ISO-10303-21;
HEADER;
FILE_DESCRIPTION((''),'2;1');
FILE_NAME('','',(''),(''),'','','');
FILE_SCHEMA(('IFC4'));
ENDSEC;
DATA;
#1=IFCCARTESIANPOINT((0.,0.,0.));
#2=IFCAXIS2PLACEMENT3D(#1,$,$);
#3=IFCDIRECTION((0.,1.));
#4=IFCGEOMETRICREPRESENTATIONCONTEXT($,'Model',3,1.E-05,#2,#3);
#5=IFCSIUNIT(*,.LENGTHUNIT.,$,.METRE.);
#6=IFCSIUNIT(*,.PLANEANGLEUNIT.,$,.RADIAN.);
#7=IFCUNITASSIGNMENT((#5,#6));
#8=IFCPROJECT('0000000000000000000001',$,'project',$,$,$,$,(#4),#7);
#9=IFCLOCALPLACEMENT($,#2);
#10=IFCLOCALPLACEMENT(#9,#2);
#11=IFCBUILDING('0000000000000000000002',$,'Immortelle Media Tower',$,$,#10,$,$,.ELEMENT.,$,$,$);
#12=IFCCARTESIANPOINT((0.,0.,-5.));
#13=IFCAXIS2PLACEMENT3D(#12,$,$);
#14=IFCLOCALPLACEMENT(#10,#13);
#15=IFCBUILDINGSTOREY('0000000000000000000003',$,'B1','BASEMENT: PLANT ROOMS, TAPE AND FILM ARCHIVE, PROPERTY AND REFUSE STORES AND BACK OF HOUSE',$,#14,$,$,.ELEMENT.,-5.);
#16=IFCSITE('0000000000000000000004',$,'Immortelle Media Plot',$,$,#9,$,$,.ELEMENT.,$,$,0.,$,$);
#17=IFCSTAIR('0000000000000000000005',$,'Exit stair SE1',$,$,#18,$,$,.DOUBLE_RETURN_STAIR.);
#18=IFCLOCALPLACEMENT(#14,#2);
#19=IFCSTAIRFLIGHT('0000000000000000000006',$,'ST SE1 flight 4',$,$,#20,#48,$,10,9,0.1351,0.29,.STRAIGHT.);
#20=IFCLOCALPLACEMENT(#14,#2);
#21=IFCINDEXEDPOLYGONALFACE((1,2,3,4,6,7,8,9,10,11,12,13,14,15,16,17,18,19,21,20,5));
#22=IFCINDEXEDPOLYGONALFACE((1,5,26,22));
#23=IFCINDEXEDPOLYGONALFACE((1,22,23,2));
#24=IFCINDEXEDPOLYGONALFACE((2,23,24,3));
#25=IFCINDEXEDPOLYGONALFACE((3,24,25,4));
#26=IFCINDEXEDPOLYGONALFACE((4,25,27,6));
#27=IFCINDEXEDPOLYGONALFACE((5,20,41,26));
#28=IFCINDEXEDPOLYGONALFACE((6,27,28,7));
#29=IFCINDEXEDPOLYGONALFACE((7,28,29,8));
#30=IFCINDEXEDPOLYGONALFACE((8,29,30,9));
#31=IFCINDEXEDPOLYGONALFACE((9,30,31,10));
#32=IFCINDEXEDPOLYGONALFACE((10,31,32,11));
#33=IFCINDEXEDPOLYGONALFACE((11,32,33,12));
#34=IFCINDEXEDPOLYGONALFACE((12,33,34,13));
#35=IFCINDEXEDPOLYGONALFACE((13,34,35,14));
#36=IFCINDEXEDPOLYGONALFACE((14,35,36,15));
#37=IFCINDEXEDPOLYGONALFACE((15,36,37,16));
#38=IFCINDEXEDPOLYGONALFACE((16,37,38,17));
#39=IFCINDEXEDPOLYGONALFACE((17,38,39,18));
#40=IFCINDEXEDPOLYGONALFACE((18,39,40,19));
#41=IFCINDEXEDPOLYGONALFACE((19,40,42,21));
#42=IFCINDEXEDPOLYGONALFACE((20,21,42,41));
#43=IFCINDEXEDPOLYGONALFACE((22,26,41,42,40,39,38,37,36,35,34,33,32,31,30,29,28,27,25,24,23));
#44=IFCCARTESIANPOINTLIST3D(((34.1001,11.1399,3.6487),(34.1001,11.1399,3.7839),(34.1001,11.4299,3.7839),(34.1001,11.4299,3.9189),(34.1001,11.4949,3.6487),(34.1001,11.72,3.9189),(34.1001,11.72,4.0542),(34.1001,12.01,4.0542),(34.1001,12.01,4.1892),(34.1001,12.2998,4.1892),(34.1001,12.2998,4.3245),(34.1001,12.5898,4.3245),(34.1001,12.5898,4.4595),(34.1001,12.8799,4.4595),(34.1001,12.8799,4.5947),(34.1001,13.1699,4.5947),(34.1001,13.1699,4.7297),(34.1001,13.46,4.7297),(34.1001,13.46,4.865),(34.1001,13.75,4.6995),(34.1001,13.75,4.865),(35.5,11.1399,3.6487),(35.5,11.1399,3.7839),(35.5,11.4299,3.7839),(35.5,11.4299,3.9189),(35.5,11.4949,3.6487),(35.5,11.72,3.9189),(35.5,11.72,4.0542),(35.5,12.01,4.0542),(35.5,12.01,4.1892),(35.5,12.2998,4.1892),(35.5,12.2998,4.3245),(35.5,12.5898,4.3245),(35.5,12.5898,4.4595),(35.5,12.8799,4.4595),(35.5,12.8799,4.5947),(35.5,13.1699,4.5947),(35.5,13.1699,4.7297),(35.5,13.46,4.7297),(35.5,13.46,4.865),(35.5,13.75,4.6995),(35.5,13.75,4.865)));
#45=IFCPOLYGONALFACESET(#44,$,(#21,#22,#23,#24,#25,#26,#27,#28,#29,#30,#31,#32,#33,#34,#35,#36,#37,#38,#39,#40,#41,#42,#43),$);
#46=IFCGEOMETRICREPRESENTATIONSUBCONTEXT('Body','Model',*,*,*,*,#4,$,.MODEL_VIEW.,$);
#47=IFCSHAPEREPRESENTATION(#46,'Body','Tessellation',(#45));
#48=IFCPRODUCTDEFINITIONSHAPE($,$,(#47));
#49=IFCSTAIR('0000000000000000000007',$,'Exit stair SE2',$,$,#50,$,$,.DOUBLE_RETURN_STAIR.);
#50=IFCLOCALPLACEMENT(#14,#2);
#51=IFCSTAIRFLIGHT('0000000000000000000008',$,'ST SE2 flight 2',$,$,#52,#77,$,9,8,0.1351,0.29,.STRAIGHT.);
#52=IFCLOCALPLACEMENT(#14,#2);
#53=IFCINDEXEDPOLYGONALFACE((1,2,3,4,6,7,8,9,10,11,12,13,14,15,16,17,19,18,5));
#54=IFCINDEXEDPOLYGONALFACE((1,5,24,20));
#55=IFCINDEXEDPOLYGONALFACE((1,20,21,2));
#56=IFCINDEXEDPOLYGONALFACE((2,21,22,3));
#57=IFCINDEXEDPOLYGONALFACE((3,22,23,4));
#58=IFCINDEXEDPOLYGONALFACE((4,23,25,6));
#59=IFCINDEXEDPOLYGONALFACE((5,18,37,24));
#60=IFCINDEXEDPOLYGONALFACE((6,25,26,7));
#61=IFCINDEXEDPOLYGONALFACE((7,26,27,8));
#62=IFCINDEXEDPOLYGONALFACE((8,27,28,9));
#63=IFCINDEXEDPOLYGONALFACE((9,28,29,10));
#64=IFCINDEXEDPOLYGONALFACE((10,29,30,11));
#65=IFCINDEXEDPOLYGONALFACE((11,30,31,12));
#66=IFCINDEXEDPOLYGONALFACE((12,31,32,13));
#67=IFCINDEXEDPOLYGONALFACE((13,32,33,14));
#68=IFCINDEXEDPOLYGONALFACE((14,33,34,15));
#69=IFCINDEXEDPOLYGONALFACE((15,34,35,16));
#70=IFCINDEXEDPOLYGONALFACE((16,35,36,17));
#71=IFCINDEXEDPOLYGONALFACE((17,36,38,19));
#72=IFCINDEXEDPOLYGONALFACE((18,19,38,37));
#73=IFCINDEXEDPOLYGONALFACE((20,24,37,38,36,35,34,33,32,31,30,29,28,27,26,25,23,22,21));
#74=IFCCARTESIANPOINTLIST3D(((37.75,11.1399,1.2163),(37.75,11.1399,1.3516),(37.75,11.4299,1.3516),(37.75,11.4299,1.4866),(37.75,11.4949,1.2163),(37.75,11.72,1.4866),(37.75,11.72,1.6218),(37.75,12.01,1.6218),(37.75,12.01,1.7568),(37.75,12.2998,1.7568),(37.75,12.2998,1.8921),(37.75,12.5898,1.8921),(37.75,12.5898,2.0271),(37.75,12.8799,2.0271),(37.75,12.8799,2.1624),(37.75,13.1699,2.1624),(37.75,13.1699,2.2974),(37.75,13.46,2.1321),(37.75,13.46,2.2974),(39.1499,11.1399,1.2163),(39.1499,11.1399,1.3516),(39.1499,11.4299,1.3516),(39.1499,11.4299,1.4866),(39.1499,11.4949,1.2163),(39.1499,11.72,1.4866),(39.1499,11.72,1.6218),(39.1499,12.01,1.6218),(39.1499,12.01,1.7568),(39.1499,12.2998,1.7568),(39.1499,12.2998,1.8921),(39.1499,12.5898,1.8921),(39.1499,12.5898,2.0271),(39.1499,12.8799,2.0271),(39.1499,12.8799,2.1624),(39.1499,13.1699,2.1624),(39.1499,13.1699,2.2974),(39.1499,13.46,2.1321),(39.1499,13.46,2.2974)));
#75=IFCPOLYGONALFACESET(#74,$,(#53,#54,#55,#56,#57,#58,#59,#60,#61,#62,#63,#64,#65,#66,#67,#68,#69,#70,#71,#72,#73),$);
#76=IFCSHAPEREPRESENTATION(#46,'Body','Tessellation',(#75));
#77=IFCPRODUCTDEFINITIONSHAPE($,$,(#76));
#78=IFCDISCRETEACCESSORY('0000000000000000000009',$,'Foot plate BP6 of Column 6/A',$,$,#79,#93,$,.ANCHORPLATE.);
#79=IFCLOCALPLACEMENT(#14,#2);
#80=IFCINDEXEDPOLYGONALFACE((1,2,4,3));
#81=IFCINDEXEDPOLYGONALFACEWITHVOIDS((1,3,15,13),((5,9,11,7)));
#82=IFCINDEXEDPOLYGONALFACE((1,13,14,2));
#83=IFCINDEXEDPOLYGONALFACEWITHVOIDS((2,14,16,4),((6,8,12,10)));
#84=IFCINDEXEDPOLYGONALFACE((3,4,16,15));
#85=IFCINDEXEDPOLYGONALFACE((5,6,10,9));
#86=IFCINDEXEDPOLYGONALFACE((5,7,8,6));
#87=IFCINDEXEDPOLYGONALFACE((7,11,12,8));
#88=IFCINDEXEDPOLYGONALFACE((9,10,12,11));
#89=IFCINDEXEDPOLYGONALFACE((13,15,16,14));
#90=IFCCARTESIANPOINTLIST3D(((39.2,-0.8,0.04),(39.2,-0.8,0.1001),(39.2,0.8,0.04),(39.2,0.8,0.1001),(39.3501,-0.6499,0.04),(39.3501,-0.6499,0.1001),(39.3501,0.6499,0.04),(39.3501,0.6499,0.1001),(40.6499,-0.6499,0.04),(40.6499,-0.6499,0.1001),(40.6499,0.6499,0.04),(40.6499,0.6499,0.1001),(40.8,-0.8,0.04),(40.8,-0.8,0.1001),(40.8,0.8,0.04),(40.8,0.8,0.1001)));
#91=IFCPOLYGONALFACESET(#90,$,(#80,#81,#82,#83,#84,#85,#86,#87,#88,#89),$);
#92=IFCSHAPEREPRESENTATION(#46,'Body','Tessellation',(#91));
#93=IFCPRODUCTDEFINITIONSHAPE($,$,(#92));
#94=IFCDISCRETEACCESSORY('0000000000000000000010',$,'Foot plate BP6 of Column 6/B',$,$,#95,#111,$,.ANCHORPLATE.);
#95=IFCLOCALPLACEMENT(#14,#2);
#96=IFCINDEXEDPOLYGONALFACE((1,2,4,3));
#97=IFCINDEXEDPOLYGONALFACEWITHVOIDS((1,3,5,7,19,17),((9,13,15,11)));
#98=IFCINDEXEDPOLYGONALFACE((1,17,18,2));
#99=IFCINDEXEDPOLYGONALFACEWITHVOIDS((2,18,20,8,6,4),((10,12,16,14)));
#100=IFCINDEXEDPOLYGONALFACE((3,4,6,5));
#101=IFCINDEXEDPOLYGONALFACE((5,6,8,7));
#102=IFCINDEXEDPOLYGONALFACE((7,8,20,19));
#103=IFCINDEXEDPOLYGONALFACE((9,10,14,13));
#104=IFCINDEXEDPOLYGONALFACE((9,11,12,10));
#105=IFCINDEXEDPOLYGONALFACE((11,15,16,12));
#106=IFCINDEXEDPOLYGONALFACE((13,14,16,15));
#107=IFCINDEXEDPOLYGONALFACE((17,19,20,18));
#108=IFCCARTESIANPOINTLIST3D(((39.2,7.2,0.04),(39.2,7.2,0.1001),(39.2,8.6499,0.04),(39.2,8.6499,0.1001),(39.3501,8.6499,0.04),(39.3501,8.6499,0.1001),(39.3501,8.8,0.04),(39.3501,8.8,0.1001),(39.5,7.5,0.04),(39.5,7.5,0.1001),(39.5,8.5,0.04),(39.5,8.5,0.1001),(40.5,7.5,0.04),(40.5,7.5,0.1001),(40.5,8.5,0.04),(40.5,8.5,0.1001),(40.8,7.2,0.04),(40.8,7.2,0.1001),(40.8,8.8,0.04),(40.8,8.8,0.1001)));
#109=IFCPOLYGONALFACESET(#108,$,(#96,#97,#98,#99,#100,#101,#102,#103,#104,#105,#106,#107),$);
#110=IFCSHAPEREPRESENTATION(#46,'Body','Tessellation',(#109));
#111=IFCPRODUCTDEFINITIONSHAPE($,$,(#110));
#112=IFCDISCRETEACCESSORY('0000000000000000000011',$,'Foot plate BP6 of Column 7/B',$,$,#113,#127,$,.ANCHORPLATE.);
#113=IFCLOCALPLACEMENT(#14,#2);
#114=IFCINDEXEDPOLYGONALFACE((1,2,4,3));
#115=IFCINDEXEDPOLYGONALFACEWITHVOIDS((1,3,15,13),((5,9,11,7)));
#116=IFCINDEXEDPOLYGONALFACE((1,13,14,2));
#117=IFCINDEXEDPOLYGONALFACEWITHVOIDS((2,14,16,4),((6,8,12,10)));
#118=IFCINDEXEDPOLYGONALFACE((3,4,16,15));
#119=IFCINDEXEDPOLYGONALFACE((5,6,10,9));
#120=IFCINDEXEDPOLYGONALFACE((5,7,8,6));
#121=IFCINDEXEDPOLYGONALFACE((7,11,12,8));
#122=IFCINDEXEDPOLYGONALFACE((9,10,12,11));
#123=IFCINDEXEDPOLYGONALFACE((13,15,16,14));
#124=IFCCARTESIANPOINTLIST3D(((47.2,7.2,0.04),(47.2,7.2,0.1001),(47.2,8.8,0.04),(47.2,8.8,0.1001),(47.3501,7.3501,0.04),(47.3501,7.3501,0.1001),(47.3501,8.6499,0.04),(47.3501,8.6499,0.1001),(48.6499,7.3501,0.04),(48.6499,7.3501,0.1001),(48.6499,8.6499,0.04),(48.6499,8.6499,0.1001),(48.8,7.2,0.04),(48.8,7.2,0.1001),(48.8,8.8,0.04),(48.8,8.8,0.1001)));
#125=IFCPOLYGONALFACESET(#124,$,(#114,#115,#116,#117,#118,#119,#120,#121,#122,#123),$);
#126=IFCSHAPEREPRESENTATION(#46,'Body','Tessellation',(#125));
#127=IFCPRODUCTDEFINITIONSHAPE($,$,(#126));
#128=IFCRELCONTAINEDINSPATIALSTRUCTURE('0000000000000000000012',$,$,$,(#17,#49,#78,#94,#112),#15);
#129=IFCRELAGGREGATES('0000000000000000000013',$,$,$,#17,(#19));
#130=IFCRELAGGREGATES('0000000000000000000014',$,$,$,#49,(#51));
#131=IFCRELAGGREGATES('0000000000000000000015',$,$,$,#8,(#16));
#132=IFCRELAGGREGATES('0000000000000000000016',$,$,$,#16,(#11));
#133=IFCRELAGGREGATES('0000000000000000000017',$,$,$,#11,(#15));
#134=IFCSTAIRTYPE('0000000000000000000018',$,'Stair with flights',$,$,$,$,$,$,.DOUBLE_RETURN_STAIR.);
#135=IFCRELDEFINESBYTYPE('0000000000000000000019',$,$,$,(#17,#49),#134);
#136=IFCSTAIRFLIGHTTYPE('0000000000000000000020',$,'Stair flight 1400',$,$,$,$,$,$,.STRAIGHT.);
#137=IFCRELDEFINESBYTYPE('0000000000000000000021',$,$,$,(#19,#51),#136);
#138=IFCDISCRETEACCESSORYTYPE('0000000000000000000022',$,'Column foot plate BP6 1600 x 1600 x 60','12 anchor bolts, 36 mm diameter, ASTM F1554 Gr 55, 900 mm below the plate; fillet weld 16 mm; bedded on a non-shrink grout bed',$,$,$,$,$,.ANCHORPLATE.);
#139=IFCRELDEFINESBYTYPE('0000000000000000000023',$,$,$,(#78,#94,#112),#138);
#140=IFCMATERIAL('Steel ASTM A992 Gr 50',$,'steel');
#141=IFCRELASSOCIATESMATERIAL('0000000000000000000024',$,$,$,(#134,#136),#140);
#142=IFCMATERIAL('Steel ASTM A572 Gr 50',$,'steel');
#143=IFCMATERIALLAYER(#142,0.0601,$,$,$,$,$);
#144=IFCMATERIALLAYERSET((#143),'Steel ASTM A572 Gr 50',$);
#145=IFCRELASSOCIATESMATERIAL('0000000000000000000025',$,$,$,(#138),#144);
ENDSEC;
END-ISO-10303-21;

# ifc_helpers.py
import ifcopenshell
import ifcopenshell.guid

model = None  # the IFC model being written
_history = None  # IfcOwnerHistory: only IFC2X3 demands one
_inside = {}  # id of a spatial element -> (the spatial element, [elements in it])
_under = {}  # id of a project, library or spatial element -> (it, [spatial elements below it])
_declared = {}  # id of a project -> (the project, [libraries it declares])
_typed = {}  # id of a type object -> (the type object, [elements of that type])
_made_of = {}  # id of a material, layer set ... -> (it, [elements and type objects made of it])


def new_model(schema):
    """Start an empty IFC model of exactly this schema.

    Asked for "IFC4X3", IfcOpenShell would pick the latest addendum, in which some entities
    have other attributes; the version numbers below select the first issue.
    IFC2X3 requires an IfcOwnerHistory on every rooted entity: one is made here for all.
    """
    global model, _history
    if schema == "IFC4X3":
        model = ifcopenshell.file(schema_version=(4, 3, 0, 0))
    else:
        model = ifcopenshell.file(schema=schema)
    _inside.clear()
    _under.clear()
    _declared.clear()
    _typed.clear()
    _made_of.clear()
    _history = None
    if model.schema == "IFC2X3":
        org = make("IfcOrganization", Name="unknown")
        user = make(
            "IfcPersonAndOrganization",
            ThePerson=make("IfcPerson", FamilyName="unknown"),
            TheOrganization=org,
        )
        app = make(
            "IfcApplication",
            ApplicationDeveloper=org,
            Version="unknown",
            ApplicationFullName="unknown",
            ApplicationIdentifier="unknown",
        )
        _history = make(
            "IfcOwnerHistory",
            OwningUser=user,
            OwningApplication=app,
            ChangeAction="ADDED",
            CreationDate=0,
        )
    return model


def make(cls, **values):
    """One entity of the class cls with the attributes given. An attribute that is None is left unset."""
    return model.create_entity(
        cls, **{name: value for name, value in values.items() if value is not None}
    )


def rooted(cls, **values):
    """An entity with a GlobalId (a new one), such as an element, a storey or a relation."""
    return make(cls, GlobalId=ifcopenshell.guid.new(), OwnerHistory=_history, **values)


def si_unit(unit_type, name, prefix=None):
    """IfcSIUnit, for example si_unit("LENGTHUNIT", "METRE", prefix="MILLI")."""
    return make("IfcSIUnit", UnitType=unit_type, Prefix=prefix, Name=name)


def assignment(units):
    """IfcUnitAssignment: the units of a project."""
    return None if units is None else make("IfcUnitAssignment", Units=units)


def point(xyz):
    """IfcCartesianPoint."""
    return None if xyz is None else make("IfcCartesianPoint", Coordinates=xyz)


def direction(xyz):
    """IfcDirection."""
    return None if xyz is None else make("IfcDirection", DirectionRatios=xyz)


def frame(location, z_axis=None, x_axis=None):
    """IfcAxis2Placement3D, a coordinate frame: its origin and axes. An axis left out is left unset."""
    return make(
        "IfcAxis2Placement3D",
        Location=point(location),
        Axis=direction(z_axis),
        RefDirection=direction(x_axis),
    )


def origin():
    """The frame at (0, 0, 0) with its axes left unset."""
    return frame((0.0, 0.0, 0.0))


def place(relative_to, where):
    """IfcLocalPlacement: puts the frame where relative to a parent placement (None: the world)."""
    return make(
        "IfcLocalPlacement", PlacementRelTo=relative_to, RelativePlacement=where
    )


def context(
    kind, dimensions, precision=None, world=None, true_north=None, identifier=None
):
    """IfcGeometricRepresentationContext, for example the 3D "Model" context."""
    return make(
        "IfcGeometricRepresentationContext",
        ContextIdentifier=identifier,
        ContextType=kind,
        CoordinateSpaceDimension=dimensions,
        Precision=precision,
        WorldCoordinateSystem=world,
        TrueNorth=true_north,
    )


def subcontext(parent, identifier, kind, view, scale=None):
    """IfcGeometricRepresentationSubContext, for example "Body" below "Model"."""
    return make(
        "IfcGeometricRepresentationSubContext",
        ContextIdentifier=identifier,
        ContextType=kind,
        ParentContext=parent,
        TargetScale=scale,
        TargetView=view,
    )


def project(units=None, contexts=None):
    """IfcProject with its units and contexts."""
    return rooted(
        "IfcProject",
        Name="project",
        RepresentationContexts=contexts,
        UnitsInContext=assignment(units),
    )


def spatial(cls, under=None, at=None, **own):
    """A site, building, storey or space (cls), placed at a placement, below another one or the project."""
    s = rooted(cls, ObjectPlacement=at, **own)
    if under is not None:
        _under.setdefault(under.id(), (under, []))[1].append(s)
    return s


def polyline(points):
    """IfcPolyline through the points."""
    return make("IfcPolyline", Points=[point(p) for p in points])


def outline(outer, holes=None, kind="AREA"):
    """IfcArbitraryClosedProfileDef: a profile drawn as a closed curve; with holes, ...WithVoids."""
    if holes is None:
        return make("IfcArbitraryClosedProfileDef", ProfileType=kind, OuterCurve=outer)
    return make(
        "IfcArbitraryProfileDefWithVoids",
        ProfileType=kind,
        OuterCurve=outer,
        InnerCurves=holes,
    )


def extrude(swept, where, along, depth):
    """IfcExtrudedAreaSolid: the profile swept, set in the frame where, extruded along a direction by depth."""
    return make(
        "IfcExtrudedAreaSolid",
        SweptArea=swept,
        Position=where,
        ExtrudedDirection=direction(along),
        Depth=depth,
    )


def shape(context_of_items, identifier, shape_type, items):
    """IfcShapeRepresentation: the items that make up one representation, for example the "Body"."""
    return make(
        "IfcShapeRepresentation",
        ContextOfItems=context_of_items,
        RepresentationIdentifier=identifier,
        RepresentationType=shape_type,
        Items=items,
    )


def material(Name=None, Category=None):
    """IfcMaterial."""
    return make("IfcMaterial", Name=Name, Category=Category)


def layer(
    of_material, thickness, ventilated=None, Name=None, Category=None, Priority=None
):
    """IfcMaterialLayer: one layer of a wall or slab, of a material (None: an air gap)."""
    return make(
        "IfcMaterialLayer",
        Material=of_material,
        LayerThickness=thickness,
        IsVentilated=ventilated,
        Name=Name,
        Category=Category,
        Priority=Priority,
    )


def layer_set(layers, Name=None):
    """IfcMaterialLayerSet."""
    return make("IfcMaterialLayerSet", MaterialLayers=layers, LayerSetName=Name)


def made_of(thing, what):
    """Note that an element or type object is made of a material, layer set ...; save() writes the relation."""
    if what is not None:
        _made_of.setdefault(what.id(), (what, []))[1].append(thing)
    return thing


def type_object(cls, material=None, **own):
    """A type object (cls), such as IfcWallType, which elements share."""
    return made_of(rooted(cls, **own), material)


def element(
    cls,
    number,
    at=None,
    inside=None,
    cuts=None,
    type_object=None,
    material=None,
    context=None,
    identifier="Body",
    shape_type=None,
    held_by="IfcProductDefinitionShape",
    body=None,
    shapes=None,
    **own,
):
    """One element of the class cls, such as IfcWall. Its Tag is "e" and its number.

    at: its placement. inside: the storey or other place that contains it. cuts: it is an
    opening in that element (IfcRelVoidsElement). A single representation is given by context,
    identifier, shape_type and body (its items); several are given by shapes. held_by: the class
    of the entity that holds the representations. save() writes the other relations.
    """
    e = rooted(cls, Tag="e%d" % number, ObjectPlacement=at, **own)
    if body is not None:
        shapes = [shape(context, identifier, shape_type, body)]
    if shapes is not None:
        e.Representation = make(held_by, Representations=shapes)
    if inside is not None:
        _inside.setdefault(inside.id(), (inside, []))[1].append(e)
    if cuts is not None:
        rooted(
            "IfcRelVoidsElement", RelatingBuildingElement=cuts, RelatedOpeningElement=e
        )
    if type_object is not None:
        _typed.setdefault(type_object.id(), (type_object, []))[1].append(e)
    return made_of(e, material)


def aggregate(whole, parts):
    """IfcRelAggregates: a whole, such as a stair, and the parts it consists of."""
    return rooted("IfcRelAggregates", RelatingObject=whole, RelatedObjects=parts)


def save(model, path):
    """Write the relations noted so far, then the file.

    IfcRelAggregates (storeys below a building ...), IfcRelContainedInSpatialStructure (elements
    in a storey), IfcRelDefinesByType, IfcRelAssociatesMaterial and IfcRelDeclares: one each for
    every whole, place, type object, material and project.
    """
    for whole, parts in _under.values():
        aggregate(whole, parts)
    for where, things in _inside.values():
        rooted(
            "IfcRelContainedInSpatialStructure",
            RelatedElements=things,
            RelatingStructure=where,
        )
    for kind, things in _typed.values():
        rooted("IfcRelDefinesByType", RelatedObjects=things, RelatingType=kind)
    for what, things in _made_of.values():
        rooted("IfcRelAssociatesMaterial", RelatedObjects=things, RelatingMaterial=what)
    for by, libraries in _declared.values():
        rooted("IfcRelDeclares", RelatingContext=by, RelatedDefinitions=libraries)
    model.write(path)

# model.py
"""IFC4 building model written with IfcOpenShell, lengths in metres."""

from ifc_helpers import new_model, si_unit, direction, frame, origin, place, context, subcontext, project, spatial, polyline, outline, extrude, material, layer, layer_set, type_object, element, aggregate, save


model = new_model("IFC4")

# Units and contexts
model_context = context("Model", 3, precision=1e-05, world=origin(), true_north=direction((0.0, 1.0)))
body_context = subcontext(model_context, "Body", "Model", "MODEL_VIEW")
ifc_project = project(units=[si_unit("LENGTHUNIT", "METRE"), si_unit("PLANEANGLEUNIT", "RADIAN")], contexts=[model_context])

# Site, building, storey
site_placement = place(None, origin())
site = spatial("IfcSite", under=ifc_project, at=site_placement, Name="Immortelle Media Plot", CompositionType="ELEMENT", RefElevation=0.0)
building_placement = place(site_placement, origin())
building = spatial("IfcBuilding", under=site, at=building_placement, Name="Immortelle Media Tower", CompositionType="ELEMENT")
storey_placement = place(building_placement, frame((0.0, 0.0, -5.0)))
storey = spatial("IfcBuildingStorey", under=building, at=storey_placement, Name="B1", Description="BASEMENT: PLANT ROOMS, TAPE AND FILM ARCHIVE, PROPERTY AND REFUSE STORES AND BACK OF HOUSE", CompositionType="ELEMENT", Elevation=-5.0)

# Shared definitions
ifc_material_1 = material(Name="Steel ASTM A572 Gr 50", Category="steel")

# Stair, stair flight
ifc_material_2 = material(Name="Steel ASTM A992 Gr 50", Category="steel")
stair_type = type_object("IfcStairType", Name="Stair with flights", PredefinedType="DOUBLE_RETURN_STAIR", material=ifc_material_2)
stair_1_placement = place(storey_placement, origin())
stair_1 = element("IfcStair", 1, at=stair_1_placement, inside=storey, type_object=stair_type, Name="Exit stair SE1", PredefinedType="DOUBLE_RETURN_STAIR")
stair_flight_type = type_object("IfcStairFlightType", Name="Stair flight 1400", PredefinedType="STRAIGHT", material=ifc_material_2)
stair_flight_1_placement = place(storey_placement, frame((34.8, 11.1399, 3.6487), z_axis=(0.0, 0.0, 1.0), x_axis=(0.0, 1.0, 0.0)))
stair_flight_1 = element("IfcStairFlight", 2, at=stair_flight_1_placement, type_object=stair_flight_type, Name="ST SE1 flight 4", NumberOfRisers=10, NumberOfTreads=9, PredefinedType="STRAIGHT", RiserHeight=0.1351, TreadLength=0.29, context=body_context, shape_type="SweptSolid", body=[
    extrude(outline(polyline([(0.0, 0.0), (0.0, 0.1353), (0.29, 0.1353), (0.29, 0.2703), (0.5801, 0.2703), (0.5801, 0.4055), (0.8701, 0.4055), (0.8701, 0.5405), (1.1599, 0.5405), (1.1599, 0.6758), (1.45, 0.6758), (1.45, 0.8108), (1.74, 0.8108), (1.74, 0.946), (2.03, 0.946), (2.03, 1.0811), (2.3201, 1.0811), (2.3201, 1.2163), (2.6101, 1.2163), (2.6101, 1.3513), (2.6101, 1.0508), (0.355, 0.0), (0.0, 0.0)])), frame((0.0, 0.7, 0.0), z_axis=(0.0, -1.0, 0.0), x_axis=(1.0, 0.0, 0.0)), (0.0, 0.0, 1.0), 1.3999),
])
aggregate(stair_1, [stair_flight_1])

# Stair, stair flight
stair_2_placement = place(storey_placement, origin())
stair_2 = element("IfcStair", 3, at=stair_2_placement, inside=storey, type_object=stair_type, Name="Exit stair SE2", PredefinedType="DOUBLE_RETURN_STAIR")
stair_flight_2_placement = place(storey_placement, frame((38.45, 11.1399, 1.2163), z_axis=(0.0, 0.0, 1.0), x_axis=(0.0, 1.0, 0.0)))
stair_flight_2 = element("IfcStairFlight", 4, at=stair_flight_2_placement, type_object=stair_flight_type, Name="ST SE2 flight 2", NumberOfRisers=9, NumberOfTreads=8, PredefinedType="STRAIGHT", RiserHeight=0.1351, TreadLength=0.29, context=body_context, shape_type="SweptSolid", body=[
    extrude(outline(polyline([(0.0, 0.0), (0.0, 0.1353), (0.29, 0.1353), (0.29, 0.2703), (0.5801, 0.2703), (0.5801, 0.4055), (0.8701, 0.4055), (0.8701, 0.5405), (1.1599, 0.5405), (1.1599, 0.6758), (1.45, 0.6758), (1.45, 0.8108), (1.74, 0.8108), (1.74, 0.946), (2.03, 0.946), (2.03, 1.0811), (2.3201, 1.0811), (2.3201, 1.2163), (2.3201, 0.9158), (0.355, 0.0), (0.0, 0.0)])), frame((0.0, 0.7, 0.0), z_axis=(0.0, -1.0, 0.0), x_axis=(1.0, 0.0, 0.0)), (0.0, 0.0, 1.0), 1.3999),
])
aggregate(stair_2, [stair_flight_2])

# Discrete accessories
ifc_layer_1 = layer(ifc_material_1, 0.0601)
ifc_layer_set_1 = layer_set([ifc_layer_1], Name="Steel ASTM A572 Gr 50")
discrete_accessory_type = type_object("IfcDiscreteAccessoryType", Name="Column foot plate BP6 1600 x 1600 x 60", Description="12 anchor bolts, 36 mm diameter, ASTM F1554 Gr 55, 900 mm below the plate; fillet weld 16 mm; bedded on a non-shrink grout bed", PredefinedType="ANCHORPLATE", material=ifc_layer_set_1)
discrete_accessory_1_placement = place(storey_placement, frame((40.0, 0.0, 0.04), z_axis=(0.0, 0.0, 1.0), x_axis=(1.0, 0.0, 0.0)))
element("IfcDiscreteAccessory", 5, at=discrete_accessory_1_placement, inside=storey, type_object=discrete_accessory_type, Name="Foot plate BP6 of Column 6/A", PredefinedType="ANCHORPLATE", context=body_context, shape_type="SweptSolid", body=[
    extrude(outline(polyline([(-0.8, -0.8), (0.8, -0.8), (0.8, 0.8), (-0.8, 0.8), (-0.8, -0.8)]), holes=[polyline([(0.6499, 0.6499), (0.6499, -0.6499), (-0.6499, -0.6499), (-0.6499, 0.6499), (0.6499, 0.6499)])]), origin(), (0.0, 0.0, 1.0), 0.0601),
])
discrete_accessory_2_placement = place(storey_placement, frame((40.0, 8.0, 0.04), z_axis=(0.0, 0.0, 1.0), x_axis=(1.0, 0.0, 0.0)))
element("IfcDiscreteAccessory", 6, at=discrete_accessory_2_placement, inside=storey, type_object=discrete_accessory_type, Name="Foot plate BP6 of Column 6/B", PredefinedType="ANCHORPLATE", context=body_context, shape_type="SweptSolid", body=[
    extrude(outline(polyline([(0.8, -0.8), (0.8, 0.8), (-0.6499, 0.8), (-0.6499, 0.6499), (-0.8, 0.6499), (-0.8, -0.8), (0.8, -0.8)]), holes=[polyline([(0.5, 0.5), (0.5, -0.5), (-0.5, -0.5), (-0.5, 0.5), (0.5, 0.5)])]), origin(), (0.0, 0.0, 1.0), 0.0601),
])
discrete_accessory_3_placement = place(storey_placement, frame((48.0, 8.0, 0.04), z_axis=(0.0, 0.0, 1.0), x_axis=(1.0, 0.0, 0.0)))
element("IfcDiscreteAccessory", 7, at=discrete_accessory_3_placement, inside=storey, type_object=discrete_accessory_type, Name="Foot plate BP6 of Column 7/B", PredefinedType="ANCHORPLATE", context=body_context, shape_type="SweptSolid", body=[
    extrude(outline(polyline([(-0.8, -0.8), (0.8, -0.8), (0.8, 0.8), (-0.8, 0.8), (-0.8, -0.8)]), holes=[polyline([(0.6499, 0.6499), (0.6499, -0.6499), (-0.6499, -0.6499), (-0.6499, 0.6499), (0.6499, 0.6499)])]), origin(), (0.0, 0.0, 1.0), 0.0601),
])

save(model, "model.ifc")
